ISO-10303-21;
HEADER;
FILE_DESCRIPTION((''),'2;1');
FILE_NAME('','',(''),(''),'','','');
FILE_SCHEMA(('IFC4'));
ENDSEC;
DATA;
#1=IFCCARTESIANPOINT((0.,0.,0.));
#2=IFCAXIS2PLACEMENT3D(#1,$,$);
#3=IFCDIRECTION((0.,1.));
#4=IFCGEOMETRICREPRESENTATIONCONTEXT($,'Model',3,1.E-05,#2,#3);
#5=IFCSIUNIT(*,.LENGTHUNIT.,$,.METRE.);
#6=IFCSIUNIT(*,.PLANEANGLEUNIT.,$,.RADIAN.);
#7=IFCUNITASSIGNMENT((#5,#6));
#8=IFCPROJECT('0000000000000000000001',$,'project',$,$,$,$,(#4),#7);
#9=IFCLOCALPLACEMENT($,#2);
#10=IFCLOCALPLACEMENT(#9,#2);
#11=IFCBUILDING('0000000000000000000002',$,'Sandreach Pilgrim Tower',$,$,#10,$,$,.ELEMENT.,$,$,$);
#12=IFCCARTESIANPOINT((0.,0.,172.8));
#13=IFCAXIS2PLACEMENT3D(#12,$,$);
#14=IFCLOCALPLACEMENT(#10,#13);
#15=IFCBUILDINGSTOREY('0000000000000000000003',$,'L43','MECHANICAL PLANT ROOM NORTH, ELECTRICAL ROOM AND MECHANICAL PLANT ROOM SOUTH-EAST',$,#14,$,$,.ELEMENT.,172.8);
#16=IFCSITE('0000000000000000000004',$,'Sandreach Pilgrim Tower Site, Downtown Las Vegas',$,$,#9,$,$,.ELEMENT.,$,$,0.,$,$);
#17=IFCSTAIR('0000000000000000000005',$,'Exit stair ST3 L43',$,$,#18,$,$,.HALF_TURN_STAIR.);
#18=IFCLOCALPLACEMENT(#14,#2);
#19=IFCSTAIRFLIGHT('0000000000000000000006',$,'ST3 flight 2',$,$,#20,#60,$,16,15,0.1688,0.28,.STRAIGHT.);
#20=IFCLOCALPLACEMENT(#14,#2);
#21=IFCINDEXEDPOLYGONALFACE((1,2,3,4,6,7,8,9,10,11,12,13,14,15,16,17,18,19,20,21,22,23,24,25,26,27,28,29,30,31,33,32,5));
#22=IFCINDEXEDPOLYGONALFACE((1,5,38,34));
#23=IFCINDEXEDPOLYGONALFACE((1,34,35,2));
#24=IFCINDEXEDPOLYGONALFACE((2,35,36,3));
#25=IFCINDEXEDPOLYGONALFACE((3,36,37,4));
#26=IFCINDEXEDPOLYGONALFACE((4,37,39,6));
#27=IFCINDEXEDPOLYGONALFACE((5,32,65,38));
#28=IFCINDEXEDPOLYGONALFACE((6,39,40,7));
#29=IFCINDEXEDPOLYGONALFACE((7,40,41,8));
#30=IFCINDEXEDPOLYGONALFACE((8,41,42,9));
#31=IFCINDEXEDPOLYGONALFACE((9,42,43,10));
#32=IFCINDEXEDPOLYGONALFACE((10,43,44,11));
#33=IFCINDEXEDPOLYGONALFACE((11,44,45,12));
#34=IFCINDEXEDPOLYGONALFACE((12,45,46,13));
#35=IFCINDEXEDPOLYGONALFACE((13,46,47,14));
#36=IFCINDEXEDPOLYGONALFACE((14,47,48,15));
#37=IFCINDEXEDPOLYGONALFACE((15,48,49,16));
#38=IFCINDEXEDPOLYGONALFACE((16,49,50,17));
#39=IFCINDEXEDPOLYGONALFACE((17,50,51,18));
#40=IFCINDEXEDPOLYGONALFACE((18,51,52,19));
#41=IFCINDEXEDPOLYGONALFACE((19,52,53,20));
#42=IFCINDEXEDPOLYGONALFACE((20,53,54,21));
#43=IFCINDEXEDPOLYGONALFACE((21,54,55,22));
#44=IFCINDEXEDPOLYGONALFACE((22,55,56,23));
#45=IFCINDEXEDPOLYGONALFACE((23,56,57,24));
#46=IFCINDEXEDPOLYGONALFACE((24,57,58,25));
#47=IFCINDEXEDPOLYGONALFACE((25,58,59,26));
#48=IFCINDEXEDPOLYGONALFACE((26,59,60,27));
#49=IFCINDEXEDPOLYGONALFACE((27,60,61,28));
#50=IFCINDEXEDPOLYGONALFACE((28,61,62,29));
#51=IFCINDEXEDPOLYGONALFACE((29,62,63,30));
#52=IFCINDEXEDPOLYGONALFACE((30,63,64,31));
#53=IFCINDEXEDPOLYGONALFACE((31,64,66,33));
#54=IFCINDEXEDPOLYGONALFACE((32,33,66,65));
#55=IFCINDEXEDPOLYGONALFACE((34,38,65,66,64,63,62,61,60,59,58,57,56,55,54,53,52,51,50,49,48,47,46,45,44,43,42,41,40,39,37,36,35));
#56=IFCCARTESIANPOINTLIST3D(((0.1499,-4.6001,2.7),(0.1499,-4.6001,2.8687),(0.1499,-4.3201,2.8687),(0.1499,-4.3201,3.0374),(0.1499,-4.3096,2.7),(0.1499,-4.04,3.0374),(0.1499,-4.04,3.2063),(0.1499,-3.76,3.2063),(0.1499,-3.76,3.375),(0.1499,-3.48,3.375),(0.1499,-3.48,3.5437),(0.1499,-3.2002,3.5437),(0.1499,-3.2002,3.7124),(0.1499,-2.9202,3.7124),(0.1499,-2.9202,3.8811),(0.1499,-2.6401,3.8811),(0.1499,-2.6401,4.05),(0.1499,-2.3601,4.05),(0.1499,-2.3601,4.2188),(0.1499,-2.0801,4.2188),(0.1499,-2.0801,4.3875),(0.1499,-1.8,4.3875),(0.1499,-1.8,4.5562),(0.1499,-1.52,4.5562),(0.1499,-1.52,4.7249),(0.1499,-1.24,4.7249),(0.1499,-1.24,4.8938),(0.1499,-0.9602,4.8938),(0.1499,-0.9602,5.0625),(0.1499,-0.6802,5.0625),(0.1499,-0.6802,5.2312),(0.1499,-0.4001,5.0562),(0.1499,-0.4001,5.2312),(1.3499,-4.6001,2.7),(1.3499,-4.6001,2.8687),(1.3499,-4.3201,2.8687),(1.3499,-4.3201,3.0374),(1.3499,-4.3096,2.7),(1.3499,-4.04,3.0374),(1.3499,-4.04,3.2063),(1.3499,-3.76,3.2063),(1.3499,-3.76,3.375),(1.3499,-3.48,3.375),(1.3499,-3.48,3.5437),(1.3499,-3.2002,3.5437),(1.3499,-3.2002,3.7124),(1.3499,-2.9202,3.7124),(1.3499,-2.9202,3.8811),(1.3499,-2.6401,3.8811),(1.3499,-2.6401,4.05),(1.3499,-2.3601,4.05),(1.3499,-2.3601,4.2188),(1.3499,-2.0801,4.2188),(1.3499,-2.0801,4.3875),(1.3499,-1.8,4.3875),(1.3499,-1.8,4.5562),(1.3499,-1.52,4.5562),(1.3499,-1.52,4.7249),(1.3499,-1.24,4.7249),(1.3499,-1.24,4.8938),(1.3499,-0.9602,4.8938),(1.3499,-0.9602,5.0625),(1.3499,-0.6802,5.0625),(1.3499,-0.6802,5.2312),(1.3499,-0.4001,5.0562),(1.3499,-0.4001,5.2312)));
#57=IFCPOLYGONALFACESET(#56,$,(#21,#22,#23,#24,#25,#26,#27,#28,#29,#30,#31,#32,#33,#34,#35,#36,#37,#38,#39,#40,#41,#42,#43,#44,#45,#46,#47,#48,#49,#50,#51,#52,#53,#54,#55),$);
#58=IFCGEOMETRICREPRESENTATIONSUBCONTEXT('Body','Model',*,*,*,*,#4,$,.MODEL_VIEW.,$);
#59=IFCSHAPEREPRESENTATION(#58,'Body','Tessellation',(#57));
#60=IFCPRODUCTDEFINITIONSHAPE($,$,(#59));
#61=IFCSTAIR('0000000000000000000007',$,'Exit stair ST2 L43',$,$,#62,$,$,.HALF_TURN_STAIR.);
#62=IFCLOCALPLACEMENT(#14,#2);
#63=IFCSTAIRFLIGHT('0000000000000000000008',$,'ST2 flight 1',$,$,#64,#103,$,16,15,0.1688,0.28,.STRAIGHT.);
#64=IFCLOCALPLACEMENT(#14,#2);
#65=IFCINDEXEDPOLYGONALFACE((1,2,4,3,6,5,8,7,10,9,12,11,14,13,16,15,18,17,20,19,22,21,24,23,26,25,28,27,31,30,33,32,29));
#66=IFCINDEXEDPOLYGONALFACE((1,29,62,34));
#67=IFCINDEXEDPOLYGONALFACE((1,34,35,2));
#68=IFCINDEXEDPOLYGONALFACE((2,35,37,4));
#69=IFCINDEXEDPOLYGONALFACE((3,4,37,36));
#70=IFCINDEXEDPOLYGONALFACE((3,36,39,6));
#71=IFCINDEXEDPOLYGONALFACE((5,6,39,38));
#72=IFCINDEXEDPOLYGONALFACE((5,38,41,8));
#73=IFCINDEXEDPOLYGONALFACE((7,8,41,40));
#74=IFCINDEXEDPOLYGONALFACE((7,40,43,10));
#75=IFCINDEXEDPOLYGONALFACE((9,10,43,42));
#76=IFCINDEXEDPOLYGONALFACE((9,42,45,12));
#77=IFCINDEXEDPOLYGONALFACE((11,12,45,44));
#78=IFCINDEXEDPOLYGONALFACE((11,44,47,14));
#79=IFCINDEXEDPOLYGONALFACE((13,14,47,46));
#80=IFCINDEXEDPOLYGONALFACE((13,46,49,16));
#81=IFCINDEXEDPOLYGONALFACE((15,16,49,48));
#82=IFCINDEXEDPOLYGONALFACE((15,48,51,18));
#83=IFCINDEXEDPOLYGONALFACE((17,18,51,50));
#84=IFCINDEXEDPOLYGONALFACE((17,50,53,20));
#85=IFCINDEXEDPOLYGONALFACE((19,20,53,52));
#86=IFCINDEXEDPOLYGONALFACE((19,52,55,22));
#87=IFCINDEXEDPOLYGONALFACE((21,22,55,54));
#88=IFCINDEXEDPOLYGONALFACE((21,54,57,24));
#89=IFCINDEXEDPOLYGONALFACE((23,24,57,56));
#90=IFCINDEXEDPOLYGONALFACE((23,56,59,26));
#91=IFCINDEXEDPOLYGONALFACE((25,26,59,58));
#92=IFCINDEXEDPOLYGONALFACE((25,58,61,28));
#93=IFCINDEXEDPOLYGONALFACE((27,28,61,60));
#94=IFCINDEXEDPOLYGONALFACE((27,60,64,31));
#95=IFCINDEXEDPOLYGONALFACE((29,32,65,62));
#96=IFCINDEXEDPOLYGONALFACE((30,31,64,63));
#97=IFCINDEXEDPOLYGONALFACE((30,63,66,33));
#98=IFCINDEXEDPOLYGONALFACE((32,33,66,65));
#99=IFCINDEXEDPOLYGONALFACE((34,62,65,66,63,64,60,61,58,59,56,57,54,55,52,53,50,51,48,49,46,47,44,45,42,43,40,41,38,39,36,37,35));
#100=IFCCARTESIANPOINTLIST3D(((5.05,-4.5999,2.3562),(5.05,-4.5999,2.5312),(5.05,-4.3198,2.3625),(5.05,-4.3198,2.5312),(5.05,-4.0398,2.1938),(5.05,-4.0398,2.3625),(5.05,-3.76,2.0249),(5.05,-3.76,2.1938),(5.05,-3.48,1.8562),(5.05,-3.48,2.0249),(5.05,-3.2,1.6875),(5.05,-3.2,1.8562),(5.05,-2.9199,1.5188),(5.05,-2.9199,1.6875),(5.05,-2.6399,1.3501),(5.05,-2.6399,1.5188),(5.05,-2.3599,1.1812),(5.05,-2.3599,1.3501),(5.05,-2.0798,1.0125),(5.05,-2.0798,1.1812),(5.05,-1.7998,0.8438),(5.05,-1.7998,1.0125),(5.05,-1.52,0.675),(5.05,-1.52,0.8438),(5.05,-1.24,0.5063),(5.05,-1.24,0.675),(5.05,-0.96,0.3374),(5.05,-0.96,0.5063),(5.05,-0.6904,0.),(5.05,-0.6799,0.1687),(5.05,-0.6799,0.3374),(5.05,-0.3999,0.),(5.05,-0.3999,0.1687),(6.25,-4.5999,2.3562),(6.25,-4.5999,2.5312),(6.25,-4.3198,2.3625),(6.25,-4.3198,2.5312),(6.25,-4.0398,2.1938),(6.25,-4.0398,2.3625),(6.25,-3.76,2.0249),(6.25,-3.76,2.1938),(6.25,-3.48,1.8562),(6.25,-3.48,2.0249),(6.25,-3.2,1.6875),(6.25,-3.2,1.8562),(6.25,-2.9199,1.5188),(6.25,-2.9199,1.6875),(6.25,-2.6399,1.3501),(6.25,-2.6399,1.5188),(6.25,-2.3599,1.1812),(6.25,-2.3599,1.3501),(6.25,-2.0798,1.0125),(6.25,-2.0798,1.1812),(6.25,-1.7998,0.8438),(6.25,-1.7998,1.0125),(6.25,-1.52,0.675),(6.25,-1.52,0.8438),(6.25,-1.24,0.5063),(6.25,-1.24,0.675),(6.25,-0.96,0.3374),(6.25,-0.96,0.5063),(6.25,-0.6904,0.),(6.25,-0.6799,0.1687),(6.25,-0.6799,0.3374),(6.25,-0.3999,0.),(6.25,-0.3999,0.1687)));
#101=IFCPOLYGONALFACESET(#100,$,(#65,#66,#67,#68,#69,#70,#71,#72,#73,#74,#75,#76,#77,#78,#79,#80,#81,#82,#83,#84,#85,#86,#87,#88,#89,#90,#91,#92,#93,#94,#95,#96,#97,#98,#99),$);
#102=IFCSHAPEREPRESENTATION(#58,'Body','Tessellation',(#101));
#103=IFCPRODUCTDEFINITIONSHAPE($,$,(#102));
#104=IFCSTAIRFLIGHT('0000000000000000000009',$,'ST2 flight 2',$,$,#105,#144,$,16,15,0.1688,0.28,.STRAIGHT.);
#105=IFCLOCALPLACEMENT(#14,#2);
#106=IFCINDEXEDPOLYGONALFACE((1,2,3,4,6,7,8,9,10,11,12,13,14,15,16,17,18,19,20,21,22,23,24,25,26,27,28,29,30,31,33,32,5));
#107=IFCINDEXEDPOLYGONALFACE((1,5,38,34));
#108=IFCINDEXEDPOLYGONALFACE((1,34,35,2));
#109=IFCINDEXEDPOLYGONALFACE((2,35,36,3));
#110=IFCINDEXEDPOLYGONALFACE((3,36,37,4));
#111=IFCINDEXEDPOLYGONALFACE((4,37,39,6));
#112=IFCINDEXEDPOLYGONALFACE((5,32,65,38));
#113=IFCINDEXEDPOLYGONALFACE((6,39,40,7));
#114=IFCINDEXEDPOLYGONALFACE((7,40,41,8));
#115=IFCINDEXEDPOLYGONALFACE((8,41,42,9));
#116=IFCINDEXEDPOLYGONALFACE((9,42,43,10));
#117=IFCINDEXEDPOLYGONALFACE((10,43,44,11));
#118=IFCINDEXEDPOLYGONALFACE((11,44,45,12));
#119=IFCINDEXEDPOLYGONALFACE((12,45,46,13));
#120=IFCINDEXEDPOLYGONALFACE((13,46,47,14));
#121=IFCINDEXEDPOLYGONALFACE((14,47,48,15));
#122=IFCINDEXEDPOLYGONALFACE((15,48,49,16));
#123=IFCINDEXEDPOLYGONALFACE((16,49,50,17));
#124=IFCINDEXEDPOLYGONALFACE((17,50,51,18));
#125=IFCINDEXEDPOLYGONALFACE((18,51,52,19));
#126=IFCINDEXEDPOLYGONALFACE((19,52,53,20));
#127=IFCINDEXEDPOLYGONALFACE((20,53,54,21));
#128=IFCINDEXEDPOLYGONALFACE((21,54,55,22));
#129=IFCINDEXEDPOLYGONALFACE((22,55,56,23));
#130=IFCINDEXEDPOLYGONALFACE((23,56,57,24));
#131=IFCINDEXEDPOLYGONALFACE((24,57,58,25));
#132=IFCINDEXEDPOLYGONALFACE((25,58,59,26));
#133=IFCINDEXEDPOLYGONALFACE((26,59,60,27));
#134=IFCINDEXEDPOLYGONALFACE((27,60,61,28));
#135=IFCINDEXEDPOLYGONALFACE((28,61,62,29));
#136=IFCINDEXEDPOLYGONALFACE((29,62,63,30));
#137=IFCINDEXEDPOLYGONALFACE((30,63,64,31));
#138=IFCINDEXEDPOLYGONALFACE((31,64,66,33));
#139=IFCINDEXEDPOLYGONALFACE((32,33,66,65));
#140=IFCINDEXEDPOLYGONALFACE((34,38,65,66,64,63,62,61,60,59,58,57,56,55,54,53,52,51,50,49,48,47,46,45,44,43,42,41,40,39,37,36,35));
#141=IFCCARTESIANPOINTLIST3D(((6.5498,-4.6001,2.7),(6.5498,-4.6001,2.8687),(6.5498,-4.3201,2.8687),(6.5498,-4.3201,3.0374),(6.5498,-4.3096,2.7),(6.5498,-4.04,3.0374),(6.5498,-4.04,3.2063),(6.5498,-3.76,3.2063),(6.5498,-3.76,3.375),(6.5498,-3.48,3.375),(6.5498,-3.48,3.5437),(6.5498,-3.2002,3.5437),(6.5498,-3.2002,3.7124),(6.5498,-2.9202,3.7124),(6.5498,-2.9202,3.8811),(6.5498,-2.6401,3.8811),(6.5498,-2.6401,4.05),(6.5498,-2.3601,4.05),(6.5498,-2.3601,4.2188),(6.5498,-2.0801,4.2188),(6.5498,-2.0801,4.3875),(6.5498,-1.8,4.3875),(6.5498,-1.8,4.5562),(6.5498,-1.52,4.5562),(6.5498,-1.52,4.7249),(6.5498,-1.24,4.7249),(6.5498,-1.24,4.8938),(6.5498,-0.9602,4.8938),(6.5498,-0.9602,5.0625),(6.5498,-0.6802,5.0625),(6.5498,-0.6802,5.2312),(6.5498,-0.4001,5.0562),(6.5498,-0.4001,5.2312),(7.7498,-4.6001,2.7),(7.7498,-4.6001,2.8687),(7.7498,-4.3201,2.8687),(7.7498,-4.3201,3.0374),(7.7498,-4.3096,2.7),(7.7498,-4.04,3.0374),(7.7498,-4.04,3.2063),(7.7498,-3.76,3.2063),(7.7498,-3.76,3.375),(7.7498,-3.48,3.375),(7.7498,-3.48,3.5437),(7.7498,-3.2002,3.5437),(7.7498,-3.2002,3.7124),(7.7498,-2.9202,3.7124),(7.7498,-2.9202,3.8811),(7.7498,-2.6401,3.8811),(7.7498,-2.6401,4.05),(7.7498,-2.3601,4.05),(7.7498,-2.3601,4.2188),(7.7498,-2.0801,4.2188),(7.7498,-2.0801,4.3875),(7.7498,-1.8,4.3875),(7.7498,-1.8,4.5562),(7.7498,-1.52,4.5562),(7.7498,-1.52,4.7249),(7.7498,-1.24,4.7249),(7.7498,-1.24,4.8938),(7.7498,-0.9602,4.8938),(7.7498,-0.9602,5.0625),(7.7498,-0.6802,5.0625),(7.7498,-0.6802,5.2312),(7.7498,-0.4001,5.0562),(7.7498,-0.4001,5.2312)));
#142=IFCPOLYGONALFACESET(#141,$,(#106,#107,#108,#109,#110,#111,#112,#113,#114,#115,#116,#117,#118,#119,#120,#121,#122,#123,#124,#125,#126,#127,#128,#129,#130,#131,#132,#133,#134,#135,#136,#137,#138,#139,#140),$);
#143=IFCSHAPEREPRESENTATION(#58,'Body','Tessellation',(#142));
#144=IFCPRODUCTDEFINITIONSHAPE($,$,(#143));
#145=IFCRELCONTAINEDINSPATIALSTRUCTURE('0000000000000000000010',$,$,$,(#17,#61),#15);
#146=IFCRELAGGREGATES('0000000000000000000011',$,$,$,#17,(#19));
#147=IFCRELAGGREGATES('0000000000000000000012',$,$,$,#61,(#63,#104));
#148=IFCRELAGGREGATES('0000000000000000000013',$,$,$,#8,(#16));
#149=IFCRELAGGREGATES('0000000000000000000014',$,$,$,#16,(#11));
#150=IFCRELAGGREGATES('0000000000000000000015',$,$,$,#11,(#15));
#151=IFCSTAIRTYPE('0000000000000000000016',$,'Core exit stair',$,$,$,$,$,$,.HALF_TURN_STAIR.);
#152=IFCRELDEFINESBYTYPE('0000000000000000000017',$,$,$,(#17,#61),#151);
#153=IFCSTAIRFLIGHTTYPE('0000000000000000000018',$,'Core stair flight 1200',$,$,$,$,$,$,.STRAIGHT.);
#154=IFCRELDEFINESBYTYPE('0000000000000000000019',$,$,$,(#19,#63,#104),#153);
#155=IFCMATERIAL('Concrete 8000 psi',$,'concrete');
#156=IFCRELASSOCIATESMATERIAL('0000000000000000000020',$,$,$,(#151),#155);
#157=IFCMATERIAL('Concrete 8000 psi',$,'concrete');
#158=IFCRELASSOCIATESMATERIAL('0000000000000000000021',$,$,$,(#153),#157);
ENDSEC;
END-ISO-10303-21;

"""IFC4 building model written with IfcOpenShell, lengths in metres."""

from ifc_helpers import new_model, si_unit, direction, frame, origin, place, context, subcontext, project, spatial, polyline, outline, extrude, material, type_object, element, aggregate, save


model = new_model("IFC4")

# Units and contexts
model_context = context("Model", 3, precision=1e-05, world=origin(), true_north=direction((0.0, 1.0)))
body_context = subcontext(model_context, "Body", "Model", "MODEL_VIEW")
ifc_project = project(units=[si_unit("LENGTHUNIT", "METRE"), si_unit("PLANEANGLEUNIT", "RADIAN")], contexts=[model_context])

# Site, building, storey
site_placement = place(None, origin())
site = spatial("IfcSite", under=ifc_project, at=site_placement, Name="Sandreach Pilgrim Tower Site, Downtown Las Vegas", CompositionType="ELEMENT", RefElevation=0.0)
building_placement = place(site_placement, origin())
building = spatial("IfcBuilding", under=site, at=building_placement, Name="Sandreach Pilgrim Tower", CompositionType="ELEMENT")
storey_placement = place(building_placement, frame((0.0, 0.0, 172.8)))
storey = spatial("IfcBuildingStorey", under=building, at=storey_placement, Name="L43", Description="MECHANICAL PLANT ROOM NORTH, ELECTRICAL ROOM AND MECHANICAL PLANT ROOM SOUTH-EAST", CompositionType="ELEMENT", Elevation=172.8)

# Shared definitions
ifc_material_1 = material(Name="Concrete 8000 psi", Category="concrete")
stair_type = type_object("IfcStairType", Name="Core exit stair", PredefinedType="HALF_TURN_STAIR", material=ifc_material_1)

# Stair, stair flight
stair_1_placement = place(storey_placement, origin())
stair_1 = element("IfcStair", 1, at=stair_1_placement, inside=storey, type_object=stair_type, Name="Exit stair ST3 L43", PredefinedType="HALF_TURN_STAIR")
ifc_material_2 = material(Name="Concrete 8000 psi", Category="concrete")
stair_flight_type = type_object("IfcStairFlightType", Name="Core stair flight 1200", PredefinedType="STRAIGHT", material=ifc_material_2)
stair_flight_1_placement = place(storey_placement, frame((0.75, -4.6001, 2.7), z_axis=(0.0, 0.0, 1.0), x_axis=(0.0, 1.0, 0.0)))
stair_flight_1 = element("IfcStairFlight", 2, at=stair_flight_1_placement, type_object=stair_flight_type, Name="ST3 flight 2", NumberOfRisers=16, NumberOfTreads=15, PredefinedType="STRAIGHT", RiserHeight=0.1688, TreadLength=0.28, context=body_context, shape_type="SweptSolid", body=[
    extrude(outline(polyline([(0.0, 0.0), (0.0, 0.1687), (0.28, 0.1687), (0.28, 0.3374), (0.5601, 0.3374), (0.5601, 0.5063), (0.8401, 0.5063), (0.8401, 0.675), (1.1201, 0.675), (1.1201, 0.8438), (1.3999, 0.8438), (1.3999, 1.0125), (1.6799, 1.0125), (1.6799, 1.1812), (1.96, 1.1812), (1.96, 1.3501), (2.24, 1.3501), (2.24, 1.5188), (2.52, 1.5188), (2.52, 1.6875), (2.8, 1.6875), (2.8, 1.8562), (3.0801, 1.8562), (3.0801, 2.0249), (3.3601, 2.0249), (3.3601, 2.1938), (3.6399, 2.1938), (3.6399, 2.3625), (3.9199, 2.3625), (3.9199, 2.5312), (4.2, 2.5312), (4.2, 2.7), (4.2, 2.3562), (0.2905, 0.0), (0.0, 0.0)])), frame((0.0, 0.6001, 0.0), z_axis=(0.0, -1.0, 0.0), x_axis=(1.0, 0.0, 0.0)), (0.0, 0.0, 1.0), 1.2),
])
aggregate(stair_1, [stair_flight_1])

# Stair, stair flights
stair_2_placement = place(storey_placement, origin())
stair_2 = element("IfcStair", 3, at=stair_2_placement, inside=storey, type_object=stair_type, Name="Exit stair ST2 L43", PredefinedType="HALF_TURN_STAIR")
stair_flight_2_placement = place(storey_placement, frame((5.6499, -0.3999, 0.0), z_axis=(0.0, 0.0, 1.0), x_axis=(0.0, -1.0, 0.0)))
stair_flight_2 = element("IfcStairFlight", 4, at=stair_flight_2_placement, type_object=stair_flight_type, Name="ST2 flight 1", NumberOfRisers=16, NumberOfTreads=15, PredefinedType="STRAIGHT", RiserHeight=0.1688, TreadLength=0.28, context=body_context, shape_type="SweptSolid", body=[
    extrude(outline(polyline([(0.0, 0.0), (0.0, 0.1687), (0.28, 0.1687), (0.28, 0.3374), (0.5601, 0.3374), (0.5601, 0.5063), (0.8401, 0.5063), (0.8401, 0.675), (1.1201, 0.675), (1.1201, 0.8438), (1.3999, 0.8438), (1.3999, 1.0125), (1.6799, 1.0125), (1.6799, 1.1812), (1.96, 1.1812), (1.96, 1.3501), (2.24, 1.3501), (2.24, 1.5188), (2.52, 1.5188), (2.52, 1.6875), (2.8, 1.6875), (2.8, 1.8562), (3.0801, 1.8562), (3.0801, 2.0249), (3.3601, 2.0249), (3.3601, 2.1938), (3.6399, 2.1938), (3.6399, 2.3625), (3.9199, 2.3625), (3.9199, 2.5312), (4.2, 2.5312), (4.2, 2.7), (4.2, 2.3562), (0.2905, 0.0), (0.0, 0.0)])), frame((0.0, 0.6001, 0.0), z_axis=(0.0, -1.0, 0.0), x_axis=(1.0, 0.0, 0.0)), (0.0, 0.0, 1.0), 1.2),
])
stair_flight_3_placement = place(storey_placement, frame((7.1499, -4.6001, 2.7), z_axis=(0.0, 0.0, 1.0), x_axis=(0.0, 1.0, 0.0)))
stair_flight_3 = element("IfcStairFlight", 5, at=stair_flight_3_placement, type_object=stair_flight_type, Name="ST2 flight 2", NumberOfRisers=16, NumberOfTreads=15, PredefinedType="STRAIGHT", RiserHeight=0.1688, TreadLength=0.28, context=body_context, shape_type="SweptSolid", body=[
    extrude(outline(polyline([(0.0, 0.0), (0.0, 0.1687), (0.28, 0.1687), (0.28, 0.3374), (0.5601, 0.3374), (0.5601, 0.5063), (0.8401, 0.5063), (0.8401, 0.675), (1.1201, 0.675), (1.1201, 0.8438), (1.3999, 0.8438), (1.3999, 1.0125), (1.6799, 1.0125), (1.6799, 1.1812), (1.96, 1.1812), (1.96, 1.3501), (2.24, 1.3501), (2.24, 1.5188), (2.52, 1.5188), (2.52, 1.6875), (2.8, 1.6875), (2.8, 1.8562), (3.0801, 1.8562), (3.0801, 2.0249), (3.3601, 2.0249), (3.3601, 2.1938), (3.6399, 2.1938), (3.6399, 2.3625), (3.9199, 2.3625), (3.9199, 2.5312), (4.2, 2.5312), (4.2, 2.7), (4.2, 2.3562), (0.2905, 0.0), (0.0, 0.0)])), frame((0.0, 0.6001, 0.0), z_axis=(0.0, -1.0, 0.0), x_axis=(1.0, 0.0, 0.0)), (0.0, 0.0, 1.0), 1.2),
])
aggregate(stair_2, [stair_flight_2, stair_flight_3])

save(model, "model.ifc")
